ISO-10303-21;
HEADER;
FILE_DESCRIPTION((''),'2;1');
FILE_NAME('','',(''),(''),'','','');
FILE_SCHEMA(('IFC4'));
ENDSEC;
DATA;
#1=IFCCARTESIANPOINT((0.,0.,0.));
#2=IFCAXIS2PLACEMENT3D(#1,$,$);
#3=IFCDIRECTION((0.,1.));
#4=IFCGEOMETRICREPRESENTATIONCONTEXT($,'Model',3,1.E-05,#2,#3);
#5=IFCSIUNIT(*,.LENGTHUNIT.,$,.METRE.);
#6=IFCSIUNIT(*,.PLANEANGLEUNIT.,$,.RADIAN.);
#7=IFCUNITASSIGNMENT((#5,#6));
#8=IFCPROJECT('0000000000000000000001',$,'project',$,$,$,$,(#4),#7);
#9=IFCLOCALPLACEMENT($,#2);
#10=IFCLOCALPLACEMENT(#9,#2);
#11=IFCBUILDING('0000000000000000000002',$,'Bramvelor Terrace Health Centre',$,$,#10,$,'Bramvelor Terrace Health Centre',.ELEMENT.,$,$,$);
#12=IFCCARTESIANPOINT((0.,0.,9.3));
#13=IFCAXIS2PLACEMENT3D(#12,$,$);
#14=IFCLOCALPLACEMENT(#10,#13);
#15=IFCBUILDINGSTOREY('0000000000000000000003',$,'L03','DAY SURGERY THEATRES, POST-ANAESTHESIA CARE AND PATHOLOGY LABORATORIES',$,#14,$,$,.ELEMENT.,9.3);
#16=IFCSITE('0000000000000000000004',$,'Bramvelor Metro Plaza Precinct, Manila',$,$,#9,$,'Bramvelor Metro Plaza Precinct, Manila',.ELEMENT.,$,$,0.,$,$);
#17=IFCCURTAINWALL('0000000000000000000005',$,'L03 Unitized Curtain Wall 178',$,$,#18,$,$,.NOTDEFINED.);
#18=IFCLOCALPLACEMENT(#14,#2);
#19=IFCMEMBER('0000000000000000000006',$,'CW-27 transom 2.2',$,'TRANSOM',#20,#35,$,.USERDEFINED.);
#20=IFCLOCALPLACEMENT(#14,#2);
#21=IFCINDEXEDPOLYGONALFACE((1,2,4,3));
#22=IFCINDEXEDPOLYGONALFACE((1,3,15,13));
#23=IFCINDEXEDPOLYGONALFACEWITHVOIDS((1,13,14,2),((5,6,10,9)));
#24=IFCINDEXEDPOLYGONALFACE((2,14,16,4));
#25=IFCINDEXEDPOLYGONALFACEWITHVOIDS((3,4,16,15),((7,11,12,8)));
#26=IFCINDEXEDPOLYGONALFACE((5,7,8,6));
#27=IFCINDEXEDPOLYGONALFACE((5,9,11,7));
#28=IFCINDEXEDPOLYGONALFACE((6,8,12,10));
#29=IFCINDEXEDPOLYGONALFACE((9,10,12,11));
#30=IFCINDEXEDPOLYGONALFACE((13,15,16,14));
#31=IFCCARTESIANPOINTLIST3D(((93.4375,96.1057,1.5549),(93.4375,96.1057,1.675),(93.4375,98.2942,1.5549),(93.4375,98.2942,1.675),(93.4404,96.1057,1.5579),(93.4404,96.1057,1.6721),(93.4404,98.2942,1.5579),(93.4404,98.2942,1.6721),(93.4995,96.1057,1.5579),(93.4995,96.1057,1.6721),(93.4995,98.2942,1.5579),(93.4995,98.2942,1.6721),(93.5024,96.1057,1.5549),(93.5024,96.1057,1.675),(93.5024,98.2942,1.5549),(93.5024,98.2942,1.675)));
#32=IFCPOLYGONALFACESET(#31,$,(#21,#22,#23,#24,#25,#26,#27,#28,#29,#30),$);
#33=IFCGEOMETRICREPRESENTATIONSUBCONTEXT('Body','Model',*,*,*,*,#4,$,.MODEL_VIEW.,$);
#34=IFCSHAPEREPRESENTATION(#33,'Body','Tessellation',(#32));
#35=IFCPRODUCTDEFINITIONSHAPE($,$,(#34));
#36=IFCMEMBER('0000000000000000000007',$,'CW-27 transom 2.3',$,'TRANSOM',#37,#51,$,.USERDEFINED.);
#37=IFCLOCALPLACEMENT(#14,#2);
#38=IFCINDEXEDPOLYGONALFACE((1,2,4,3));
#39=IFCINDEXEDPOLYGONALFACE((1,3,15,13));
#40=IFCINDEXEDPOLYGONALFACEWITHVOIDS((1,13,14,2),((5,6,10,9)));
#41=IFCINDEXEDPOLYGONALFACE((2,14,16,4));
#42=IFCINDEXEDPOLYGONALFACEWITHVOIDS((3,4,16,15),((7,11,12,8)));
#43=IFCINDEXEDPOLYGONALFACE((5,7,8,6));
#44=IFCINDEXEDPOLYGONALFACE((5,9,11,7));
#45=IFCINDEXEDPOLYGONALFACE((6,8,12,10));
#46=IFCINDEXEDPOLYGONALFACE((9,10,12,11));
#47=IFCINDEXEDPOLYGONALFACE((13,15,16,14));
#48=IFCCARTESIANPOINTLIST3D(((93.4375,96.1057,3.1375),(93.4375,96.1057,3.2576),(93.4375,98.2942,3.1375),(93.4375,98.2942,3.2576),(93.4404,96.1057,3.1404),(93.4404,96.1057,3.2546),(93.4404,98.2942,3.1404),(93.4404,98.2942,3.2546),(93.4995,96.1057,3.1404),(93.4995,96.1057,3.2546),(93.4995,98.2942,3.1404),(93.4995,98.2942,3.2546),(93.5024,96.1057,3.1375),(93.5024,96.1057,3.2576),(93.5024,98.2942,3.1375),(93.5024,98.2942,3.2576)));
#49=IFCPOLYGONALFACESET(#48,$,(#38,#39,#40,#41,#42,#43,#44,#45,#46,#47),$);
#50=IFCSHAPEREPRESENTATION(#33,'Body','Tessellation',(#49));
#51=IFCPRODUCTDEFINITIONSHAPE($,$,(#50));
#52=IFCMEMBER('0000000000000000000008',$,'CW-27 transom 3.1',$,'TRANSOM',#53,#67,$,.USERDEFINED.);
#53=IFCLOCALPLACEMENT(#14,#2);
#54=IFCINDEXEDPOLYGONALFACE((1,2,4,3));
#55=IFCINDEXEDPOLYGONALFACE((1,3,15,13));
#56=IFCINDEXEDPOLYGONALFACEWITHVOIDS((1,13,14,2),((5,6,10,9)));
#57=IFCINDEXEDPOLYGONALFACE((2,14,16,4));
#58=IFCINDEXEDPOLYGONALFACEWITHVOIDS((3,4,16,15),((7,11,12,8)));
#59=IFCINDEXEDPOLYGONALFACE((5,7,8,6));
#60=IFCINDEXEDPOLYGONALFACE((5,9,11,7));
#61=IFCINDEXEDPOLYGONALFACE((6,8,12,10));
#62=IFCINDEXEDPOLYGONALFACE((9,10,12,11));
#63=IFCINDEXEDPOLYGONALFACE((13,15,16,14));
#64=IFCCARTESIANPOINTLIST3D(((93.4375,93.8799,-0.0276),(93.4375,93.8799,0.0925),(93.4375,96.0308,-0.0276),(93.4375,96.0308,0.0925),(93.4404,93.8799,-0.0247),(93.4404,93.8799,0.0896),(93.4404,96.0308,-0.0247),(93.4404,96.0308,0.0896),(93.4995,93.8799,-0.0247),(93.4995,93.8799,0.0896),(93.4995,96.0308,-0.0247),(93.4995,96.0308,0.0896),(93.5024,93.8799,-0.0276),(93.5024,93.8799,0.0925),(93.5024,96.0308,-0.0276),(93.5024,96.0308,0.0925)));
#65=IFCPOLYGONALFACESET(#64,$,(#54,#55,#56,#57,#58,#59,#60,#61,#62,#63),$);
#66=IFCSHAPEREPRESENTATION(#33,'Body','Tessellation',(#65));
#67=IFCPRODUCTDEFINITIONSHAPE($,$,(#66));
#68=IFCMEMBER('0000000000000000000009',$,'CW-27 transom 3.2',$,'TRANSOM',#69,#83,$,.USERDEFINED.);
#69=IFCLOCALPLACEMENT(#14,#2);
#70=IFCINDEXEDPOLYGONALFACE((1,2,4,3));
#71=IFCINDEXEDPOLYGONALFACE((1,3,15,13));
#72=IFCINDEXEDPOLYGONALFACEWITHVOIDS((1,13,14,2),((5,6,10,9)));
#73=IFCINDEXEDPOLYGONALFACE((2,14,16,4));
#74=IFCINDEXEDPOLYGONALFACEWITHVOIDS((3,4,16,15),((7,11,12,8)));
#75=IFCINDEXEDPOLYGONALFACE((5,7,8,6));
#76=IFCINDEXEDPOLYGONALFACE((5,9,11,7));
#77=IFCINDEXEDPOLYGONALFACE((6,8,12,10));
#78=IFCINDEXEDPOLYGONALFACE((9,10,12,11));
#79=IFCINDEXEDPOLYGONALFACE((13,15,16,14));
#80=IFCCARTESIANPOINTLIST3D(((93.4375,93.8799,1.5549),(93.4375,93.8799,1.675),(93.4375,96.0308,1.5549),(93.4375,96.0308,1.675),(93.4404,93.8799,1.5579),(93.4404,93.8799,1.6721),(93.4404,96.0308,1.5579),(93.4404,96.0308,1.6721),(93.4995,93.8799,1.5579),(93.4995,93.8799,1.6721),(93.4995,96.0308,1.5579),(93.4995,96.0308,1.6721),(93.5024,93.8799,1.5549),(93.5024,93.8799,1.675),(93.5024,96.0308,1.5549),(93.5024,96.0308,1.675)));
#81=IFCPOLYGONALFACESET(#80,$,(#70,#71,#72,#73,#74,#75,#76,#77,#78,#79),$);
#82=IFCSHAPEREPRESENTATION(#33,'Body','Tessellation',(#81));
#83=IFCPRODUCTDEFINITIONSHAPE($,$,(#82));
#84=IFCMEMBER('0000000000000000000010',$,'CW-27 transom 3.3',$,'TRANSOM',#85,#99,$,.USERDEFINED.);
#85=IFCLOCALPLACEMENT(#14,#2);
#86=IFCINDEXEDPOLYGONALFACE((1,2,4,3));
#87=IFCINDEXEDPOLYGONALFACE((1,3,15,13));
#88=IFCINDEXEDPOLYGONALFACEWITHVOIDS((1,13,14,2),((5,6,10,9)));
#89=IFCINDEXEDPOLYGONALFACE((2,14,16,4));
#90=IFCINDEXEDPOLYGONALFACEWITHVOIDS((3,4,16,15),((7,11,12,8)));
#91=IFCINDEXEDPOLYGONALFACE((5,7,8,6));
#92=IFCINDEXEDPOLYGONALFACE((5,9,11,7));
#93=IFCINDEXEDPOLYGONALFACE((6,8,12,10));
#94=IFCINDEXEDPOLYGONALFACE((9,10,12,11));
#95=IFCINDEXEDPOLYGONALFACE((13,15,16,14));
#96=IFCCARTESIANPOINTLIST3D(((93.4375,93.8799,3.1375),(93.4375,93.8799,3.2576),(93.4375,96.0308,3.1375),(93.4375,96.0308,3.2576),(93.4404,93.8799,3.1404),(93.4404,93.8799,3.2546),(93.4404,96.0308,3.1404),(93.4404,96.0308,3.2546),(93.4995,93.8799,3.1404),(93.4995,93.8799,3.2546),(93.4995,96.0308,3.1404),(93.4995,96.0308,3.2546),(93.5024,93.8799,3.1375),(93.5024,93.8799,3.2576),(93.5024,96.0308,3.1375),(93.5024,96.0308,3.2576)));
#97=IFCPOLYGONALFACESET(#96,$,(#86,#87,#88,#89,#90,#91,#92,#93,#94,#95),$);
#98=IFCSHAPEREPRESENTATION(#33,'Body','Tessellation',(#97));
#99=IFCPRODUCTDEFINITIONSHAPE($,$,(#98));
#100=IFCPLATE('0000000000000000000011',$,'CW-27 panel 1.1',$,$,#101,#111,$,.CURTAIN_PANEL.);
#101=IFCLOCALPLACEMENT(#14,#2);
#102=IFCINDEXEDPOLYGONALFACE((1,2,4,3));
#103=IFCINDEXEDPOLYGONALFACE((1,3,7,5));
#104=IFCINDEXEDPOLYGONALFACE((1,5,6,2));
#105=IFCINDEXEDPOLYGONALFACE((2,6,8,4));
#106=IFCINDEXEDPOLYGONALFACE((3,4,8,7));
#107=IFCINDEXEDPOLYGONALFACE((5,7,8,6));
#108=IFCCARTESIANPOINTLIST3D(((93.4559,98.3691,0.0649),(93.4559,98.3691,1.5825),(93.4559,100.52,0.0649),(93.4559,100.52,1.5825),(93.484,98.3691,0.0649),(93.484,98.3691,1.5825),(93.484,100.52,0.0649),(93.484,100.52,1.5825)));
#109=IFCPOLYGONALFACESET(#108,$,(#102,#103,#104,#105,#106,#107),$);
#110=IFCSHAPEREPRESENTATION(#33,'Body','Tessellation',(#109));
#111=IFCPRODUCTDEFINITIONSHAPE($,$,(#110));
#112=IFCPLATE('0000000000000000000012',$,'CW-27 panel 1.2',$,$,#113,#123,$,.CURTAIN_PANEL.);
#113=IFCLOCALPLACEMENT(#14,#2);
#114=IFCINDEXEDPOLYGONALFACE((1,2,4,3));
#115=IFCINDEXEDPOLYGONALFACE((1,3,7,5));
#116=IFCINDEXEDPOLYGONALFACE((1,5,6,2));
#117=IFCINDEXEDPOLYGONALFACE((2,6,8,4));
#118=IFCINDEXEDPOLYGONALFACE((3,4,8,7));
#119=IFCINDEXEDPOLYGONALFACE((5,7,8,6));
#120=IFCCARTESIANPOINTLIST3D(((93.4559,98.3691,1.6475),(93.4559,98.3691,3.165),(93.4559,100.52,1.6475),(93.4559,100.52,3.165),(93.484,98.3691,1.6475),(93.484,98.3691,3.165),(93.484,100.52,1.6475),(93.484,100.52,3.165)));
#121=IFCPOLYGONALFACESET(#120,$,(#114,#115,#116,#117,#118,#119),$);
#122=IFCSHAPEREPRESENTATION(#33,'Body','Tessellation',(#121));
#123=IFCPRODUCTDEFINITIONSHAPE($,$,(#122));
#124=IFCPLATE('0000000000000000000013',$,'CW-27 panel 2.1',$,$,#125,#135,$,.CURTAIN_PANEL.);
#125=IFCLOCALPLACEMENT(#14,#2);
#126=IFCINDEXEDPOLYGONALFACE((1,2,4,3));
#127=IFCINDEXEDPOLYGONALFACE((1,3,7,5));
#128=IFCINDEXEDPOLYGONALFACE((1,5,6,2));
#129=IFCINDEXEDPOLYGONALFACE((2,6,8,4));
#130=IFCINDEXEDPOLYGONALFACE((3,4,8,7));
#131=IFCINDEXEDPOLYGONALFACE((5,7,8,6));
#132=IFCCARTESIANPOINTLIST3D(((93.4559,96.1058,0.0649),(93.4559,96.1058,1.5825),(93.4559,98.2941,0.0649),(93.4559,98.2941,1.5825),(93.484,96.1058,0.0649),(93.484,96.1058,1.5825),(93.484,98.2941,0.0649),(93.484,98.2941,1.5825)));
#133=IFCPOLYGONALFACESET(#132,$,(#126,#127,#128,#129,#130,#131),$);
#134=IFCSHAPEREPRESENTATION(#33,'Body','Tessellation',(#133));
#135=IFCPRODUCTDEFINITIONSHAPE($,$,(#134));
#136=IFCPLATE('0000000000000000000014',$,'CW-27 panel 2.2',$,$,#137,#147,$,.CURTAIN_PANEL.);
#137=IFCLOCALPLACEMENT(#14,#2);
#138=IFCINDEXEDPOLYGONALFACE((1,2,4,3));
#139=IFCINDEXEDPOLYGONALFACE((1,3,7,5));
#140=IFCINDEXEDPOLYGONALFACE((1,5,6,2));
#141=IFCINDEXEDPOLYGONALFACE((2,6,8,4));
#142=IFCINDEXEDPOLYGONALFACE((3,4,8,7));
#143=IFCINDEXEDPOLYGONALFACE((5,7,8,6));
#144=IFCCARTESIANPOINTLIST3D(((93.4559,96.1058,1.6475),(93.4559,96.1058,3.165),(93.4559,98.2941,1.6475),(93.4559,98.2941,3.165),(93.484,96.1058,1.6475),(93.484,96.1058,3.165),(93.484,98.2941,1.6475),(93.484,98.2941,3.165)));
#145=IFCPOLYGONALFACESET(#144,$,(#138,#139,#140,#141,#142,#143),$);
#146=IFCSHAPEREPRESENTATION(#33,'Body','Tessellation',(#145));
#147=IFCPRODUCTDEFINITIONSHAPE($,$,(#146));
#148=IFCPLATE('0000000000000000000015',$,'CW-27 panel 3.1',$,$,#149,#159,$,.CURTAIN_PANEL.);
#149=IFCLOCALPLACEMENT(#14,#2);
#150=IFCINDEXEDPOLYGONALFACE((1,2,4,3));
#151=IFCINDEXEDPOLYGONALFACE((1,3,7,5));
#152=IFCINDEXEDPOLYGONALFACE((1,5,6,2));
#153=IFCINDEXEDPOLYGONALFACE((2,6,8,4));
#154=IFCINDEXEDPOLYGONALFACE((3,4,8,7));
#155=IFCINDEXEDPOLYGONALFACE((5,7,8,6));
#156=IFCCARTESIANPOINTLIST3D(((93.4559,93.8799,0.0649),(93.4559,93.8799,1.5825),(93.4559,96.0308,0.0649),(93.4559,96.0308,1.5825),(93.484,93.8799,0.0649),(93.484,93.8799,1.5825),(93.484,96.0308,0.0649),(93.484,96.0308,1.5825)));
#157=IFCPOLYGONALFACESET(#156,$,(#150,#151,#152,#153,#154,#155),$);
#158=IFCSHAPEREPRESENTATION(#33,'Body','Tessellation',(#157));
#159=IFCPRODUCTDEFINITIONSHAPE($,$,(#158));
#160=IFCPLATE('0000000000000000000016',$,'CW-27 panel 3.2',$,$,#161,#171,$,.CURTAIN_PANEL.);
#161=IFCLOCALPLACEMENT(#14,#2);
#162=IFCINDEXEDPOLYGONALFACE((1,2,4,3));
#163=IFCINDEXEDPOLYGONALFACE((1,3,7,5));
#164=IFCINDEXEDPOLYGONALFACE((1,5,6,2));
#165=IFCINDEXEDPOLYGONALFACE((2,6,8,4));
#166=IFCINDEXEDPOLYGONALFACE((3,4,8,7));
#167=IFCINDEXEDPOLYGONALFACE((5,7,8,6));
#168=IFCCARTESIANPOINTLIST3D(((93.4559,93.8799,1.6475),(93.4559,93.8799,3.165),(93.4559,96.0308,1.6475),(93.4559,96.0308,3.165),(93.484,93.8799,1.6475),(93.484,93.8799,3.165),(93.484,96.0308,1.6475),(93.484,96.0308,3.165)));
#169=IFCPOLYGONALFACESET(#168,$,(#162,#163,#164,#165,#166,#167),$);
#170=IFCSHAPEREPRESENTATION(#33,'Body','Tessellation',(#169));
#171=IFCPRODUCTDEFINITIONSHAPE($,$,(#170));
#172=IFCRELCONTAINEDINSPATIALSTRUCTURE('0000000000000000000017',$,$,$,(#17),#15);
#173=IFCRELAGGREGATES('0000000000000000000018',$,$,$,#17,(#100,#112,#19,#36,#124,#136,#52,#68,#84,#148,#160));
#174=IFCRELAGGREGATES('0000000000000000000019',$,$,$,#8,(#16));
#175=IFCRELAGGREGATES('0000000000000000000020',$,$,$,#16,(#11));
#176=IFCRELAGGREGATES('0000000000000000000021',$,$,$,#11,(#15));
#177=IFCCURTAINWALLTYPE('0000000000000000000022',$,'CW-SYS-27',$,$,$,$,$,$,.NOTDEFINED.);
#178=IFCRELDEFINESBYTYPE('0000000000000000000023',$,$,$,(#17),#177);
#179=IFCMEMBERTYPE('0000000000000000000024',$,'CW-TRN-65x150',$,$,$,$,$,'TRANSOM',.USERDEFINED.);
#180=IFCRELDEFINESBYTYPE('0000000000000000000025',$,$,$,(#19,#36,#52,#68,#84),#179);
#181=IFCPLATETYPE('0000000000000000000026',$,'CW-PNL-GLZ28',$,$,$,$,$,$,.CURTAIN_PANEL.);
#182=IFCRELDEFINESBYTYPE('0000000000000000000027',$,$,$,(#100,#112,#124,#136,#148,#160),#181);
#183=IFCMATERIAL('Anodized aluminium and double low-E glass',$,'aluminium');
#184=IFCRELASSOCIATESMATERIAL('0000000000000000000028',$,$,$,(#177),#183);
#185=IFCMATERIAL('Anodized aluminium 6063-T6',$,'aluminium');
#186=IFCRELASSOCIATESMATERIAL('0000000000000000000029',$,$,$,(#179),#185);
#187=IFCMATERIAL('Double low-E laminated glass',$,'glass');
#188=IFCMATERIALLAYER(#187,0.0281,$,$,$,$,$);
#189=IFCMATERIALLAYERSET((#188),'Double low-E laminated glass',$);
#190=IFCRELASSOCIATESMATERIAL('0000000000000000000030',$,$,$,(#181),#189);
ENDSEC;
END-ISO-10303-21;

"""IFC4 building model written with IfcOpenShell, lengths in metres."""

from ifc_helpers import new_model, si_unit, direction, frame, origin, origin_2d, place, context, subcontext, project, spatial, rectangle, hollow_rectangle, extrude, material, layer, layer_set, material_profile, profile_set, type_object, element, aggregate, save


model = new_model("IFC4")

# Units and contexts
model_context = context("Model", 3, precision=1e-05, world=origin(), true_north=direction((0.0, 1.0)))
body_context = subcontext(model_context, "Body", "Model", "MODEL_VIEW")
ifc_project = project(units=[si_unit("LENGTHUNIT", "METRE"), si_unit("PLANEANGLEUNIT", "RADIAN")], contexts=[model_context])

# Site, building, storey
site_placement = place(None, origin())
site = spatial("IfcSite", under=ifc_project, at=site_placement, Name="Bramvelor Metro Plaza Precinct, Manila", LongName="Bramvelor Metro Plaza Precinct, Manila", CompositionType="ELEMENT", RefElevation=0.0)
building_placement = place(site_placement, origin())
building = spatial("IfcBuilding", under=site, at=building_placement, Name="Bramvelor Terrace Health Centre", LongName="Bramvelor Terrace Health Centre", CompositionType="ELEMENT")
storey_placement = place(building_placement, frame((0.0, 0.0, 9.3)))
storey = spatial("IfcBuildingStorey", under=building, at=storey_placement, Name="L03", Description="DAY SURGERY THEATRES, POST-ANAESTHESIA CARE AND PATHOLOGY LABORATORIES", CompositionType="ELEMENT", Elevation=9.3)

# Curtain wall, members, plates
ifc_material_1 = material(Name="Anodized aluminium and double low-E glass", Category="aluminium")
curtain_wall_type = type_object("IfcCurtainWallType", Name="CW-SYS-27", PredefinedType="NOTDEFINED", material=ifc_material_1)
curtain_wall_placement = place(storey_placement, origin())
curtain_wall = element("IfcCurtainWall", 1, at=curtain_wall_placement, inside=storey, type_object=curtain_wall_type, Name="L03 Unitized Curtain Wall 178", PredefinedType="NOTDEFINED")
ifc_material_2 = material(Name="Anodized aluminium 6063-T6", Category="aluminium")
ifc_material_profile_1 = material_profile(ifc_material_2, hollow_rectangle(XDim=0.0649, YDim=0.1201, WallThickness=0.0029, at=origin_2d()), Name="ALU-TRN 65x120x3.0")
ifc_profile_set_1 = profile_set([ifc_material_profile_1], Name="Anodized aluminium 6063-T6")
member_type_1 = type_object("IfcMemberType", Name="CW-TRN-65x150", ElementType="TRANSOM", PredefinedType="USERDEFINED", material=ifc_profile_set_1)
member_1_placement = place(storey_placement, frame((93.47, 98.2942, 1.615), z_axis=(0.0, -1.0, 0.0), x_axis=(1.0, 0.0, 0.0)))
member_1 = element("IfcMember", 2, at=member_1_placement, type_object=member_type_1, Name="CW-27 transom 2.2", ObjectType="TRANSOM", PredefinedType="USERDEFINED", context=body_context, shape_type="SweptSolid", body=[
    extrude(hollow_rectangle(XDim=0.0649, YDim=0.1201, WallThickness=0.0029, at=origin_2d()), origin(), (0.0, 0.0, 1.0), 2.1885),
])
member_2_placement = place(storey_placement, frame((93.47, 98.2942, 3.1975), z_axis=(0.0, -1.0, 0.0), x_axis=(1.0, 0.0, 0.0)))
member_2 = element("IfcMember", 3, at=member_2_placement, type_object=member_type_1, Name="CW-27 transom 2.3", ObjectType="TRANSOM", PredefinedType="USERDEFINED", context=body_context, shape_type="SweptSolid", body=[
    extrude(hollow_rectangle(XDim=0.0649, YDim=0.1201, WallThickness=0.0029, at=origin_2d()), origin(), (0.0, 0.0, 1.0), 2.1885),
])
member_3_placement = place(storey_placement, frame((93.47, 96.0308, 0.0325), z_axis=(0.0, -1.0, 0.0), x_axis=(1.0, 0.0, 0.0)))
member_3 = element("IfcMember", 4, at=member_3_placement, type_object=member_type_1, Name="CW-27 transom 3.1", ObjectType="TRANSOM", PredefinedType="USERDEFINED", context=body_context, shape_type="SweptSolid", body=[
    extrude(hollow_rectangle(XDim=0.0649, YDim=0.1201, WallThickness=0.0029, at=origin_2d()), origin(), (0.0, 0.0, 1.0), 2.1509),
])
member_4_placement = place(storey_placement, frame((93.47, 96.0308, 1.615), z_axis=(0.0, -1.0, 0.0), x_axis=(1.0, 0.0, 0.0)))
member_4 = element("IfcMember", 5, at=member_4_placement, type_object=member_type_1, Name="CW-27 transom 3.2", ObjectType="TRANSOM", PredefinedType="USERDEFINED", context=body_context, shape_type="SweptSolid", body=[
    extrude(hollow_rectangle(XDim=0.0649, YDim=0.1201, WallThickness=0.0029, at=origin_2d()), origin(), (0.0, 0.0, 1.0), 2.1509),
])
member_5_placement = place(storey_placement, frame((93.47, 96.0308, 3.1975), z_axis=(0.0, -1.0, 0.0), x_axis=(1.0, 0.0, 0.0)))
member_5 = element("IfcMember", 6, at=member_5_placement, type_object=member_type_1, Name="CW-27 transom 3.3", ObjectType="TRANSOM", PredefinedType="USERDEFINED", context=body_context, shape_type="SweptSolid", body=[
    extrude(hollow_rectangle(XDim=0.0649, YDim=0.1201, WallThickness=0.0029, at=origin_2d()), origin(), (0.0, 0.0, 1.0), 2.1509),
])
ifc_material_3 = material(Name="Double low-E laminated glass", Category="glass")
ifc_layer = layer(ifc_material_3, 0.0281)
ifc_layer_set = layer_set([ifc_layer], Name="Double low-E laminated glass")
plate_type = type_object("IfcPlateType", Name="CW-PNL-GLZ28", PredefinedType="CURTAIN_PANEL", material=ifc_layer_set)
plate_1_placement = place(storey_placement, frame((93.47, 99.4446, 0.0649), z_axis=(0.0, 0.0, 1.0), x_axis=(0.0, -1.0, 0.0)))
plate_1 = element("IfcPlate", 7, at=plate_1_placement, type_object=plate_type, Name="CW-27 panel 1.1", PredefinedType="CURTAIN_PANEL", context=body_context, shape_type="SweptSolid", body=[
    extrude(rectangle(XDim=2.1509, YDim=0.0281, at=origin_2d()), origin(), (0.0, 0.0, 1.0), 1.5176),
])
plate_2_placement = place(storey_placement, frame((93.47, 99.4446, 1.6475), z_axis=(0.0, 0.0, 1.0), x_axis=(0.0, -1.0, 0.0)))
plate_2 = element("IfcPlate", 8, at=plate_2_placement, type_object=plate_type, Name="CW-27 panel 1.2", PredefinedType="CURTAIN_PANEL", context=body_context, shape_type="SweptSolid", body=[
    extrude(rectangle(XDim=2.1509, YDim=0.0281, at=origin_2d()), origin(), (0.0, 0.0, 1.0), 1.5176),
])
plate_3_placement = place(storey_placement, frame((93.47, 97.2, 0.0649), z_axis=(0.0, 0.0, 1.0), x_axis=(0.0, -1.0, 0.0)))
plate_3 = element("IfcPlate", 9, at=plate_3_placement, type_object=plate_type, Name="CW-27 panel 2.1", PredefinedType="CURTAIN_PANEL", context=body_context, shape_type="SweptSolid", body=[
    extrude(rectangle(XDim=2.1882, YDim=0.0281, at=origin_2d()), origin(), (0.0, 0.0, 1.0), 1.5176),
])
plate_4_placement = place(storey_placement, frame((93.47, 97.2, 1.6475), z_axis=(0.0, 0.0, 1.0), x_axis=(0.0, -1.0, 0.0)))
plate_4 = element("IfcPlate", 10, at=plate_4_placement, type_object=plate_type, Name="CW-27 panel 2.2", PredefinedType="CURTAIN_PANEL", context=body_context, shape_type="SweptSolid", body=[
    extrude(rectangle(XDim=2.1882, YDim=0.0281, at=origin_2d()), origin(), (0.0, 0.0, 1.0), 1.5176),
])
plate_5_placement = place(storey_placement, frame((93.47, 94.9553, 0.0649), z_axis=(0.0, 0.0, 1.0), x_axis=(0.0, -1.0, 0.0)))
plate_5 = element("IfcPlate", 11, at=plate_5_placement, type_object=plate_type, Name="CW-27 panel 3.1", PredefinedType="CURTAIN_PANEL", context=body_context, shape_type="SweptSolid", body=[
    extrude(rectangle(XDim=2.1509, YDim=0.0281, at=origin_2d()), origin(), (0.0, 0.0, 1.0), 1.5176),
])
plate_6_placement = place(storey_placement, frame((93.47, 94.9553, 1.6475), z_axis=(0.0, 0.0, 1.0), x_axis=(0.0, -1.0, 0.0)))
plate_6 = element("IfcPlate", 12, at=plate_6_placement, type_object=plate_type, Name="CW-27 panel 3.2", PredefinedType="CURTAIN_PANEL", context=body_context, shape_type="SweptSolid", body=[
    extrude(rectangle(XDim=2.1509, YDim=0.0281, at=origin_2d()), origin(), (0.0, 0.0, 1.0), 1.5176),
])
aggregate(curtain_wall, [plate_1, plate_2, member_1, member_2, plate_3, plate_4, member_3, member_4, member_5, plate_5, plate_6])

save(model, "model.ifc")
